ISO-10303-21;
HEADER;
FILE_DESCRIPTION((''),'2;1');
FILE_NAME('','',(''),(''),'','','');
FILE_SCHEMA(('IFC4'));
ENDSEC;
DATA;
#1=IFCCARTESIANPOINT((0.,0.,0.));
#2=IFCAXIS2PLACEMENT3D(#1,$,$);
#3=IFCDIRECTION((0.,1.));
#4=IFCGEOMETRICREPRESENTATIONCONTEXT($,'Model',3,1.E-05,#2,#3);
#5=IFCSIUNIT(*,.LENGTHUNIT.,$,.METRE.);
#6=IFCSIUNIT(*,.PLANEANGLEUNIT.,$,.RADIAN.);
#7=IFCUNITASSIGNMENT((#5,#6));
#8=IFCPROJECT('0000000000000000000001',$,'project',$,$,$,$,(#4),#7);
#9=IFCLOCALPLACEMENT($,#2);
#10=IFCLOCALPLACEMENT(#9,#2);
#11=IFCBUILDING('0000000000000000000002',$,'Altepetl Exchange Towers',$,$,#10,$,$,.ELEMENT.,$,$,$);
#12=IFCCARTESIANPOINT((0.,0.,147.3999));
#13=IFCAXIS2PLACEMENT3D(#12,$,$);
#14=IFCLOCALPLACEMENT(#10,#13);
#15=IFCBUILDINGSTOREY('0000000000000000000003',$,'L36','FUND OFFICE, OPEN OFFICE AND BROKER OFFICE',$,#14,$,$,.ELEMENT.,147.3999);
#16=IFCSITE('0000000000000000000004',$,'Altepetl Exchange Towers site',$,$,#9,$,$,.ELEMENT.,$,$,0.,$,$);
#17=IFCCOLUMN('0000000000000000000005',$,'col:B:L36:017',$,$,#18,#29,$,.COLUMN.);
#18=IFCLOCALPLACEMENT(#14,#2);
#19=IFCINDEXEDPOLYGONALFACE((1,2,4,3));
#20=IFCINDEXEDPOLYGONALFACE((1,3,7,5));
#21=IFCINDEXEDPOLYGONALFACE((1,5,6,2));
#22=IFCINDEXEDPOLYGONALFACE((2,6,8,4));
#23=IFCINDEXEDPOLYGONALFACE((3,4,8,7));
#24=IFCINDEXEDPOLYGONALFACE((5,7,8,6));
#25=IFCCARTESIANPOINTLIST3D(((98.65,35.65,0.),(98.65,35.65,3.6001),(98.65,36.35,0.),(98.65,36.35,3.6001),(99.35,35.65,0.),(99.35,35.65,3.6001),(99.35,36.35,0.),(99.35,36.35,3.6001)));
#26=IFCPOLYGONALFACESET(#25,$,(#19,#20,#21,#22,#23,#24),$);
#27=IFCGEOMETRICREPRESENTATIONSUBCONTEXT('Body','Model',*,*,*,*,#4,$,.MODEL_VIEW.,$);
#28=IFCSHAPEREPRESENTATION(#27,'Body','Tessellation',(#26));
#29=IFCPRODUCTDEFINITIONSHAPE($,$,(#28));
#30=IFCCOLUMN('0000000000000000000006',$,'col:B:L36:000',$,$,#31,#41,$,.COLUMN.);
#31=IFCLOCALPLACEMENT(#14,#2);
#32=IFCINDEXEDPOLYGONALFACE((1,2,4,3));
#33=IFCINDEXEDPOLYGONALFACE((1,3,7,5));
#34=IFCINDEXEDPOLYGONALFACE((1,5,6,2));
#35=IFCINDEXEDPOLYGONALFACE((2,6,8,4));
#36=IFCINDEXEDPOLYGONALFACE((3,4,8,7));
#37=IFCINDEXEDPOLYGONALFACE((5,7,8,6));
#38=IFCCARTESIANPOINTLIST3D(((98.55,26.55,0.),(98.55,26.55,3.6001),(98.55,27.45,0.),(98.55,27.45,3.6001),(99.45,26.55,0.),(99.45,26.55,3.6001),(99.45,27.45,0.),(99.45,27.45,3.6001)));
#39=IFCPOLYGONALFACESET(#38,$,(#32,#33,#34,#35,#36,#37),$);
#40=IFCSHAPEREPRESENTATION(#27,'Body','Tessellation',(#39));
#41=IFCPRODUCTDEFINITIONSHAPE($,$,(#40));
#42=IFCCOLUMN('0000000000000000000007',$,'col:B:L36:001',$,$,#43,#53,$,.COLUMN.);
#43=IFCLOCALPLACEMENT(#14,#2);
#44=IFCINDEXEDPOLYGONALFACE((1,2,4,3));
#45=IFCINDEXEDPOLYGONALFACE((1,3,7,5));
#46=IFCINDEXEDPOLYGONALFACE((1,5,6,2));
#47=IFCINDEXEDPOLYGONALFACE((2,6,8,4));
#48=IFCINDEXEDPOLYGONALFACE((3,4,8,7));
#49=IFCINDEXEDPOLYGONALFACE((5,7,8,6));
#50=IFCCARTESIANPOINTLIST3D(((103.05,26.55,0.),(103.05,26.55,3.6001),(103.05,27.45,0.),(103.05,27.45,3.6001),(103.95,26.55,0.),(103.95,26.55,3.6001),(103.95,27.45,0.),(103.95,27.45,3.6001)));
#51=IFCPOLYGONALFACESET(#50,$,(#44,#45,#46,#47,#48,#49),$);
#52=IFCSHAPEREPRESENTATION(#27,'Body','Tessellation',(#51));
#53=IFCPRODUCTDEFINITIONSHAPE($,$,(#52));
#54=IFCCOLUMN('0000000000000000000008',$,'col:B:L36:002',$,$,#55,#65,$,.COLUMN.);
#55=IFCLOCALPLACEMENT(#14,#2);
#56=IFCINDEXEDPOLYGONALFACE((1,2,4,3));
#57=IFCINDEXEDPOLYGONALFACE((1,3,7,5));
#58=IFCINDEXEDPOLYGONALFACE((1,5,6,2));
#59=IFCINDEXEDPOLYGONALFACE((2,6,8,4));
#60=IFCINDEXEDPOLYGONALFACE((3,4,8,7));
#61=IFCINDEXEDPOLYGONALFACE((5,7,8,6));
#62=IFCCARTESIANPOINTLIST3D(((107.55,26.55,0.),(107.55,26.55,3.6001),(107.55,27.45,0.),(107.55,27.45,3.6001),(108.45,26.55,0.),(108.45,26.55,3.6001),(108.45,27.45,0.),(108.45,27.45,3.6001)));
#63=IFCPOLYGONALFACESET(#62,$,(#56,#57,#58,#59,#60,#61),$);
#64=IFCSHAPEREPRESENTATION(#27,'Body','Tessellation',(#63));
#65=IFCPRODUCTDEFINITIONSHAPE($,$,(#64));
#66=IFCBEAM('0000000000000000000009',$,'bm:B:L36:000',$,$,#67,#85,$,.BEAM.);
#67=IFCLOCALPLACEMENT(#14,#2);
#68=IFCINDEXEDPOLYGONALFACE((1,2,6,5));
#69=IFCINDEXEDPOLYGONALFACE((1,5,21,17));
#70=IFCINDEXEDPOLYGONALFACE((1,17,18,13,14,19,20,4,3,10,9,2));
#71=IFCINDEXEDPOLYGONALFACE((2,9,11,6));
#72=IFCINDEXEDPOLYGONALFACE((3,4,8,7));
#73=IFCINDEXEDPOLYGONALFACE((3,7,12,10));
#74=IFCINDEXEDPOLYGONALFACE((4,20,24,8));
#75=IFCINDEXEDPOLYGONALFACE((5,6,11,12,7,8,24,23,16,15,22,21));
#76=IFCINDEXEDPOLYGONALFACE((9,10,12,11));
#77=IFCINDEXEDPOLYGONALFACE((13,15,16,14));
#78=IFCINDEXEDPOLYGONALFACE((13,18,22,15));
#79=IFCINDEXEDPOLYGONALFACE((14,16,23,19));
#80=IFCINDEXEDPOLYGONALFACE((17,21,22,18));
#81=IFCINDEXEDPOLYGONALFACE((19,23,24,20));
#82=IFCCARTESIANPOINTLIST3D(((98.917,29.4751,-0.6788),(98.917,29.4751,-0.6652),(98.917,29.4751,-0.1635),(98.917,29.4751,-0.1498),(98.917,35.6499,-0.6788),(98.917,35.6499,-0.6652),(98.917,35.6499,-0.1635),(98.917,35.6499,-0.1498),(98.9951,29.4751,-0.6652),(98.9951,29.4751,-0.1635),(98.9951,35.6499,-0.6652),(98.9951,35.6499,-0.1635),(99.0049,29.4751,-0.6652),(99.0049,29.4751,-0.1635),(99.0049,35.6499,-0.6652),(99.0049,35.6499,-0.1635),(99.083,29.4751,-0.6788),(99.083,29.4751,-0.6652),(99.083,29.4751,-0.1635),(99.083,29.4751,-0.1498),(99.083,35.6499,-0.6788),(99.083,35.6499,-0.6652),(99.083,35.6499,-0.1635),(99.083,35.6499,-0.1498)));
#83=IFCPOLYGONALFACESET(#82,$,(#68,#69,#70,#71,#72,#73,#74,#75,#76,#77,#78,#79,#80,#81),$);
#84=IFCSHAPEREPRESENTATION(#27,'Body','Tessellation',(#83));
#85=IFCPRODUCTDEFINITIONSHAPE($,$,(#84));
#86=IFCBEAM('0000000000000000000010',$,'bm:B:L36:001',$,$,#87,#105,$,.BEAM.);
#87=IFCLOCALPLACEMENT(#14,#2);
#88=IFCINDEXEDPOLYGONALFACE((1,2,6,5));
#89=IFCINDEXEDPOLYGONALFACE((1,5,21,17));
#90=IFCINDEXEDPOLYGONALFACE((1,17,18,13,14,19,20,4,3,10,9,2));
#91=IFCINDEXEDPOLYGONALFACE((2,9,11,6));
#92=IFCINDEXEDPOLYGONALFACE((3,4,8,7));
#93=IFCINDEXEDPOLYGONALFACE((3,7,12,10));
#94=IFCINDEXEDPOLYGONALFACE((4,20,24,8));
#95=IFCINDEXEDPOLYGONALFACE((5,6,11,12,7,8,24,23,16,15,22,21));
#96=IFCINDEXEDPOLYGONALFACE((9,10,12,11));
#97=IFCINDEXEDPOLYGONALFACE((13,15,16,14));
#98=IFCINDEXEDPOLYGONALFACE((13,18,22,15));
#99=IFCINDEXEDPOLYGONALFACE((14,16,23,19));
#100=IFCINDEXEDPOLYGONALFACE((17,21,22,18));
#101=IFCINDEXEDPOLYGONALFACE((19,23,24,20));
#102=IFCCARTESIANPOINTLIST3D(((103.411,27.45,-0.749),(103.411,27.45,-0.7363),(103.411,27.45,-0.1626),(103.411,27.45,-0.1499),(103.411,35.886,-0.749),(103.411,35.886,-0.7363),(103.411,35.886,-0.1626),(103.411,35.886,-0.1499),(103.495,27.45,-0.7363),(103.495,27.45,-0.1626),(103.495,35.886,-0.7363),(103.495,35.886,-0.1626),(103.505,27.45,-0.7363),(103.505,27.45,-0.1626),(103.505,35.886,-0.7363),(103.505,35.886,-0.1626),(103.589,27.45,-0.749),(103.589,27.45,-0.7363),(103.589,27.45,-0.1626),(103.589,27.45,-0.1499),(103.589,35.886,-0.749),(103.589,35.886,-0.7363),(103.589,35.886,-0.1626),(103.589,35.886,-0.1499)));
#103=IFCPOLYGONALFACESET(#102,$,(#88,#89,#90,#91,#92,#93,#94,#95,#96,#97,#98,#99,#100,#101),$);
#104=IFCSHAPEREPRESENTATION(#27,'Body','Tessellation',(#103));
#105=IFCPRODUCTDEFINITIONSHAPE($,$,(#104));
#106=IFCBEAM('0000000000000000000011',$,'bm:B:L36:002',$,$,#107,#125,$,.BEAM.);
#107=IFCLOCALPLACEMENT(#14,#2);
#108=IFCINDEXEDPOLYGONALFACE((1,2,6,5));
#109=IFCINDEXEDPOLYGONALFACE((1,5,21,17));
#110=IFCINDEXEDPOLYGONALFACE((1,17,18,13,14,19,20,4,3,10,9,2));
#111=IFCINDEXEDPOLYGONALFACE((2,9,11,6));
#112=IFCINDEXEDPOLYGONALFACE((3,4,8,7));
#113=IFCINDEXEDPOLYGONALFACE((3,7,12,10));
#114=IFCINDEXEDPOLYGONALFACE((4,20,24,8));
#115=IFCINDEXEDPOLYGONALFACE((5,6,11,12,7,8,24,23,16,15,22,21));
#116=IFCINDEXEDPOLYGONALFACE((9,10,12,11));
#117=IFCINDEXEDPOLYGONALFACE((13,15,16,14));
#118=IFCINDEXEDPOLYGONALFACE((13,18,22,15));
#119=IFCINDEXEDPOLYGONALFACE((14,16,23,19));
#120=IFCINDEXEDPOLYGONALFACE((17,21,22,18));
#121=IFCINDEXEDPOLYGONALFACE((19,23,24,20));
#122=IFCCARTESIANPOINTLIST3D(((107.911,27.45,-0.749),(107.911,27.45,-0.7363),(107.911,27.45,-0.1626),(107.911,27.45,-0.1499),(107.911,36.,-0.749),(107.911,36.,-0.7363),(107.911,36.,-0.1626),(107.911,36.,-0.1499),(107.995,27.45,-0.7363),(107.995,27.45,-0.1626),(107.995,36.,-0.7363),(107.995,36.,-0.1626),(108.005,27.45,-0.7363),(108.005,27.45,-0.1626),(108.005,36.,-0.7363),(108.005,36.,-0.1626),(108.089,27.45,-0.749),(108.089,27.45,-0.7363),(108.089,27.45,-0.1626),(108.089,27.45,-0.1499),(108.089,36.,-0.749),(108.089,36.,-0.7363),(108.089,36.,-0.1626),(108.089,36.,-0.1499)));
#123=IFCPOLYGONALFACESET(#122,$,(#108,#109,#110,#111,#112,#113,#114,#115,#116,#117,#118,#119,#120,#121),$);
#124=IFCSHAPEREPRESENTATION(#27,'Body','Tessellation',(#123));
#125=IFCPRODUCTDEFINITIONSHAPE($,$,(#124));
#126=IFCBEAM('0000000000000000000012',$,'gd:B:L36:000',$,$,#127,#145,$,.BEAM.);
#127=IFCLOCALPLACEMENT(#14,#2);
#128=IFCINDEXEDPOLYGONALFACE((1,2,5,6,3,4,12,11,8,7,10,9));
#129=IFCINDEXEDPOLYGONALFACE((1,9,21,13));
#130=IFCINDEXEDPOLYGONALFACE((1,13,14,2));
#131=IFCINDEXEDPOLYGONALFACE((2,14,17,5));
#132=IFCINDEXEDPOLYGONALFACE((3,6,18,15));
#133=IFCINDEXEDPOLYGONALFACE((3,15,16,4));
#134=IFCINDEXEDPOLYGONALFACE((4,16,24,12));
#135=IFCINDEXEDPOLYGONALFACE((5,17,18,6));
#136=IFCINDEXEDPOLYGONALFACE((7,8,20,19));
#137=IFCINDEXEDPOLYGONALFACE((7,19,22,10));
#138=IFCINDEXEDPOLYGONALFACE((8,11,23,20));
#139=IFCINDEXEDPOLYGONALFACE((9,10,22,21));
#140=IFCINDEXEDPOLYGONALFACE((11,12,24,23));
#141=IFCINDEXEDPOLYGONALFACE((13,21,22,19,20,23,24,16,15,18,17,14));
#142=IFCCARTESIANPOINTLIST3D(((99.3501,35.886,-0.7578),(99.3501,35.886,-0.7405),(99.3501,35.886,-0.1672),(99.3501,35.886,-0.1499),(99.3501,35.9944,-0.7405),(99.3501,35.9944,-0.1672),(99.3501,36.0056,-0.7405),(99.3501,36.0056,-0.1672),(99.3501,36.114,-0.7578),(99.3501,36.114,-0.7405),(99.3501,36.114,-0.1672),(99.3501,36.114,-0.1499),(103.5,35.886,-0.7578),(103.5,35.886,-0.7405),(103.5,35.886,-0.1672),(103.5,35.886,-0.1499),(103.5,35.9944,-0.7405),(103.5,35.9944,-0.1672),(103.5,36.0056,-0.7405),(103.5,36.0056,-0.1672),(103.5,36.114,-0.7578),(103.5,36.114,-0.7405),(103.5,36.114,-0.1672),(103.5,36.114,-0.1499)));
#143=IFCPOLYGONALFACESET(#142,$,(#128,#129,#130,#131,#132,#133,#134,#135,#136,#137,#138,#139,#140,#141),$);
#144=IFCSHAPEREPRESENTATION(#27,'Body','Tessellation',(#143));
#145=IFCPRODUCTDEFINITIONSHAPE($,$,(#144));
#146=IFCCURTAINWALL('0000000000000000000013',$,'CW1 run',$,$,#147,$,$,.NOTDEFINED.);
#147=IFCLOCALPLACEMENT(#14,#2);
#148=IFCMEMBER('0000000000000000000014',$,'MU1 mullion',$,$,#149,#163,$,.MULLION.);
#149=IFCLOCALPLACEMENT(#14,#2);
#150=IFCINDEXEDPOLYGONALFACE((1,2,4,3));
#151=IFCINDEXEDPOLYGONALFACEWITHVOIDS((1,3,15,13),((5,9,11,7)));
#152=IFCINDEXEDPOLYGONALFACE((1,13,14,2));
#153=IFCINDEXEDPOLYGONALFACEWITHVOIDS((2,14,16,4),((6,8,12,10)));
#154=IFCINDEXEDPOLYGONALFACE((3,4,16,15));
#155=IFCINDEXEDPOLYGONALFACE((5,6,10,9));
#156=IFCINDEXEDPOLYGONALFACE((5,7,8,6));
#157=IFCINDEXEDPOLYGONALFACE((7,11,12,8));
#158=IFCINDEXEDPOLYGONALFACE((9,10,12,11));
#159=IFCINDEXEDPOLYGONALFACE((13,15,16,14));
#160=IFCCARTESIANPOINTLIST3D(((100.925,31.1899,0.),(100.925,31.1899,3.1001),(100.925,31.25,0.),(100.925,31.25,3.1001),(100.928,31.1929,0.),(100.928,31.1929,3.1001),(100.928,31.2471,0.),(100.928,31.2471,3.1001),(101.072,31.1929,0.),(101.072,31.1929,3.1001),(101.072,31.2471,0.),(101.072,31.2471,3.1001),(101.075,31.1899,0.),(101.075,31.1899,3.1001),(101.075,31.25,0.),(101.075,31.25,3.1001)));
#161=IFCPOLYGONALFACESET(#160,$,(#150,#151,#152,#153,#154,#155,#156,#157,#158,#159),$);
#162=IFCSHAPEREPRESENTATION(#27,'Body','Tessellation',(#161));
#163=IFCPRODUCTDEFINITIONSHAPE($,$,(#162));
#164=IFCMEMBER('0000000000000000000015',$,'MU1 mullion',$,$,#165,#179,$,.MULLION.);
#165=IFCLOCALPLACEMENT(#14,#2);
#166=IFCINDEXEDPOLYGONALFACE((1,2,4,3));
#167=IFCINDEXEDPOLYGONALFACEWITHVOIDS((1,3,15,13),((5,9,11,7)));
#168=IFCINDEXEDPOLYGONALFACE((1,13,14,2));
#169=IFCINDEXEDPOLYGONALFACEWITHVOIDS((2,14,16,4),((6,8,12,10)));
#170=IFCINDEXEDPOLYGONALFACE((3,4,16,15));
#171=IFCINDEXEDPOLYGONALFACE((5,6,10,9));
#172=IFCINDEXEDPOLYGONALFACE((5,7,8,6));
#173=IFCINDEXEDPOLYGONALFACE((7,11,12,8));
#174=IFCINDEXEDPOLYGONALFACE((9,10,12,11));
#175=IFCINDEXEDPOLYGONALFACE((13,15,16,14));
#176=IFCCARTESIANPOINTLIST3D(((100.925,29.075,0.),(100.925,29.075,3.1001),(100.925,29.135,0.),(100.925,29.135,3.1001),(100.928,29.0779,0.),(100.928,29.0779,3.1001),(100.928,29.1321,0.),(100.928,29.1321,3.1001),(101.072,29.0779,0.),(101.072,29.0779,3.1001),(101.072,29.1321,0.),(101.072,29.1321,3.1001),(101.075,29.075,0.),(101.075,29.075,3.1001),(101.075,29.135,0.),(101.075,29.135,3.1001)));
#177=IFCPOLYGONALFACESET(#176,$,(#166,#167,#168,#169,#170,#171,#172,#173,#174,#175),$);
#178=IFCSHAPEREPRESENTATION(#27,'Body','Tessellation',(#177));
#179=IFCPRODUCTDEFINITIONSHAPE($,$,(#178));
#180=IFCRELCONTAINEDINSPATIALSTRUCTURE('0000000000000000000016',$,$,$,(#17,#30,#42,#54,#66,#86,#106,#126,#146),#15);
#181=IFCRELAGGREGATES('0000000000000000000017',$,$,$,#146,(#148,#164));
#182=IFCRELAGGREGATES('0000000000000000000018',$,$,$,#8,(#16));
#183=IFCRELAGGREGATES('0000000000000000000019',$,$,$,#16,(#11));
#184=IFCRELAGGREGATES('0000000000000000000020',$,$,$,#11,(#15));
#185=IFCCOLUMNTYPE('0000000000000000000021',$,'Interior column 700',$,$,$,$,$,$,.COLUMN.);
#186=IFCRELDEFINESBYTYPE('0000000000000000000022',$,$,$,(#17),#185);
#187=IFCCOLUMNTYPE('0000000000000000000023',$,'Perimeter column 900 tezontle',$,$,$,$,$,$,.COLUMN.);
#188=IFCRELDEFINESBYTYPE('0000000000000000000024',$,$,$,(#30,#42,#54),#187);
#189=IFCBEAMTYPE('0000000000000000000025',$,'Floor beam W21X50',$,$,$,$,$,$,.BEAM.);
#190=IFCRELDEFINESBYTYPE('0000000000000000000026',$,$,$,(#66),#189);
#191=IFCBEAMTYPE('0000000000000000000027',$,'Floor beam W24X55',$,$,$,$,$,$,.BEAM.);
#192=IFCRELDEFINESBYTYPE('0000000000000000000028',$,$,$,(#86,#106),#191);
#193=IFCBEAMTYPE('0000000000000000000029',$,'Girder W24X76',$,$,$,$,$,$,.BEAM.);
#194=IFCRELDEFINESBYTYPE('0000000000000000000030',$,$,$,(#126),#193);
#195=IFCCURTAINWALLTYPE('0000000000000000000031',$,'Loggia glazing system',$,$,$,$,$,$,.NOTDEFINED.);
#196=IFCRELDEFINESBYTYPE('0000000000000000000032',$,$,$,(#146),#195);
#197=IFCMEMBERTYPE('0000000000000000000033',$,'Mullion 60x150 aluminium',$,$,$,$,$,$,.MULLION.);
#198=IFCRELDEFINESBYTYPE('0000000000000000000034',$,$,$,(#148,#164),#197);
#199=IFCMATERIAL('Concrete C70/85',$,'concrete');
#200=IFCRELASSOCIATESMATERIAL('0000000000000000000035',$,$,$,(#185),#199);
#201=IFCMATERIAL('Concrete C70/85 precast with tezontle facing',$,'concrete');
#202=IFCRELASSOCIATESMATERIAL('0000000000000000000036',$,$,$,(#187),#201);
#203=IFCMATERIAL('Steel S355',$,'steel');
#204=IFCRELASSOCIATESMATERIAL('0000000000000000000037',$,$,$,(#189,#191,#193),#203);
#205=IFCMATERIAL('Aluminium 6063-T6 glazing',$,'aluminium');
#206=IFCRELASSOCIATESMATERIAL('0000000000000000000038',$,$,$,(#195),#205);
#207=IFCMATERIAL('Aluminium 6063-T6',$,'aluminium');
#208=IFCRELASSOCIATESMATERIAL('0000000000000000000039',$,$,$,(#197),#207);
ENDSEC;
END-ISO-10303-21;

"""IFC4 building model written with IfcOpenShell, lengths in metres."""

from ifc_helpers import new_model, si_unit, direction, frame, origin, origin_2d, place, context, subcontext, project, spatial, rectangle, hollow_rectangle, i_section, extrude, material, material_profile, profile_set, type_object, element, aggregate, save


model = new_model("IFC4")

# Units and contexts
model_context = context("Model", 3, precision=1e-05, world=origin(), true_north=direction((0.0, 1.0)))
body_context = subcontext(model_context, "Body", "Model", "MODEL_VIEW")
ifc_project = project(units=[si_unit("LENGTHUNIT", "METRE"), si_unit("PLANEANGLEUNIT", "RADIAN")], contexts=[model_context])

# Site, building, storey
site_placement = place(None, origin())
site = spatial("IfcSite", under=ifc_project, at=site_placement, Name="Altepetl Exchange Towers site", CompositionType="ELEMENT", RefElevation=0.0)
building_placement = place(site_placement, origin())
building = spatial("IfcBuilding", under=site, at=building_placement, Name="Altepetl Exchange Towers", CompositionType="ELEMENT")
storey_placement = place(building_placement, frame((0.0, 0.0, 147.3999)))
storey = spatial("IfcBuildingStorey", under=building, at=storey_placement, Name="L36", Description="FUND OFFICE, OPEN OFFICE AND BROKER OFFICE", CompositionType="ELEMENT", Elevation=147.3999)

# Columns
ifc_material_1 = material(Name="Concrete C70/85", Category="concrete")
ifc_material_profile_1 = material_profile(ifc_material_1, rectangle(XDim=0.7, YDim=0.7, at=origin_2d()), Name="700 x 700")
ifc_profile_set_1 = profile_set([ifc_material_profile_1], Name="Concrete C70/85")
column_type_1 = type_object("IfcColumnType", Name="Interior column 700", PredefinedType="COLUMN", material=ifc_profile_set_1)
column_placement = place(storey_placement, frame((99.0, 36.0, 0.0)))
element("IfcColumn", 1, at=column_placement, inside=storey, type_object=column_type_1, Name="col:B:L36:017", PredefinedType="COLUMN", context=body_context, shape_type="SweptSolid", body=[
    extrude(rectangle(XDim=0.7, YDim=0.7, at=origin_2d()), origin(), (0.0, 0.0, 1.0), 3.6001),
])
ifc_material_2 = material(Name="Concrete C70/85 precast with tezontle facing", Category="concrete")
ifc_material_profile_2 = material_profile(ifc_material_2, rectangle(XDim=0.8999, YDim=0.8999, at=origin_2d()), Name="900 x 900")
ifc_profile_set_2 = profile_set([ifc_material_profile_2], Name="Concrete C70/85 precast with tezontle facing")
column_type_2 = type_object("IfcColumnType", Name="Perimeter column 900 tezontle", PredefinedType="COLUMN", material=ifc_profile_set_2)
for number, where, name in (
    (2, (99.0, 27.0, 0.0), "col:B:L36:000"),
    (3, (103.5, 27.0, 0.0), "col:B:L36:001"),
    (4, (108.0, 27.0, 0.0), "col:B:L36:002"),
):
    element("IfcColumn", number, at=place(storey_placement, frame(where)), inside=storey, type_object=column_type_2, Name=name, PredefinedType="COLUMN", context=body_context, shape_type="SweptSolid", body=[
        extrude(rectangle(XDim=0.8999, YDim=0.8999, at=origin_2d()), origin(), (0.0, 0.0, 1.0), 3.6001),
    ])

# Beams
ifc_material_3 = material(Name="Steel S355", Category="steel")
ifc_material_profile_3 = material_profile(ifc_material_3, i_section(OverallWidth=0.166, OverallDepth=0.5291, WebThickness=0.0098, FlangeThickness=0.0137, at=origin_2d()), Name="W21X50")
ifc_profile_set_3 = profile_set([ifc_material_profile_3], Name="Steel S355")
beam_type_1 = type_object("IfcBeamType", Name="Floor beam W21X50", PredefinedType="BEAM", material=ifc_profile_set_3)
beam_1_placement = place(storey_placement, frame((99.0, 29.4751, -0.4143), z_axis=(0.0, 1.0, 0.0), x_axis=(-1.0, 0.0, 0.0)))
element("IfcBeam", 5, at=beam_1_placement, inside=storey, type_object=beam_type_1, Name="bm:B:L36:000", PredefinedType="BEAM", context=body_context, shape_type="SweptSolid", body=[
    extrude(i_section(OverallWidth=0.166, OverallDepth=0.5291, WebThickness=0.0098, FlangeThickness=0.0137, at=origin_2d()), origin(), (0.0, 0.0, 1.0), 6.1748),
])
ifc_material_profile_4 = material_profile(ifc_material_3, i_section(OverallWidth=0.178, OverallDepth=0.5991, WebThickness=0.01, FlangeThickness=0.0127, at=origin_2d()), Name="W24X55")
ifc_profile_set_4 = profile_set([ifc_material_profile_4], Name="Steel S355")
beam_type_2 = type_object("IfcBeamType", Name="Floor beam W24X55", PredefinedType="BEAM", material=ifc_profile_set_4)
beam_2_placement = place(storey_placement, frame((103.5, 27.45, -0.4495), z_axis=(0.0, 1.0, 0.0), x_axis=(-1.0, 0.0, 0.0)))
element("IfcBeam", 6, at=beam_2_placement, inside=storey, type_object=beam_type_2, Name="bm:B:L36:001", PredefinedType="BEAM", context=body_context, shape_type="SweptSolid", body=[
    extrude(i_section(OverallWidth=0.178, OverallDepth=0.5991, WebThickness=0.01, FlangeThickness=0.0127, at=origin_2d()), origin(), (0.0, 0.0, 1.0), 8.436),
])
beam_3_placement = place(storey_placement, frame((108.0, 27.45, -0.4495), z_axis=(0.0, 1.0, 0.0), x_axis=(-1.0, 0.0, 0.0)))
element("IfcBeam", 7, at=beam_3_placement, inside=storey, type_object=beam_type_2, Name="bm:B:L36:002", PredefinedType="BEAM", context=body_context, shape_type="SweptSolid", body=[
    extrude(i_section(OverallWidth=0.178, OverallDepth=0.5991, WebThickness=0.01, FlangeThickness=0.0127, at=origin_2d()), origin(), (0.0, 0.0, 1.0), 8.55),
])
ifc_material_profile_5 = material_profile(ifc_material_3, i_section(OverallWidth=0.228, OverallDepth=0.6079, WebThickness=0.0112, FlangeThickness=0.0173, at=origin_2d()), Name="W24X76")
ifc_profile_set_5 = profile_set([ifc_material_profile_5], Name="Steel S355")
beam_type_3 = type_object("IfcBeamType", Name="Girder W24X76", PredefinedType="BEAM", material=ifc_profile_set_5)
beam_4_placement = place(storey_placement, frame((103.5, 36.0, -0.4539), z_axis=(-1.0, 0.0, 0.0), x_axis=(0.0, -1.0, 0.0)))
element("IfcBeam", 8, at=beam_4_placement, inside=storey, type_object=beam_type_3, Name="gd:B:L36:000", PredefinedType="BEAM", context=body_context, shape_type="SweptSolid", body=[
    extrude(i_section(OverallWidth=0.228, OverallDepth=0.6079, WebThickness=0.0112, FlangeThickness=0.0173, at=origin_2d()), origin(), (0.0, 0.0, 1.0), 4.1499),
])

# Curtain wall, members
ifc_material_4 = material(Name="Aluminium 6063-T6 glazing", Category="aluminium")
curtain_wall_type = type_object("IfcCurtainWallType", Name="Loggia glazing system", PredefinedType="NOTDEFINED", material=ifc_material_4)
curtain_wall_1_placement = place(storey_placement, origin())
curtain_wall_1 = element("IfcCurtainWall", 9, at=curtain_wall_1_placement, inside=storey, type_object=curtain_wall_type, Name="CW1 run", PredefinedType="NOTDEFINED")
ifc_material_5 = material(Name="Aluminium 6063-T6", Category="aluminium")
ifc_material_profile_6 = material_profile(ifc_material_5, hollow_rectangle(XDim=0.0601, YDim=0.1499, WallThickness=0.0029, at=origin_2d()), Name="Mullion 60x150 aluminium")
ifc_profile_set_6 = profile_set([ifc_material_profile_6], Name="Aluminium 6063-T6")
member_type = type_object("IfcMemberType", Name="Mullion 60x150 aluminium", PredefinedType="MULLION", material=ifc_profile_set_6)
member_1_placement = place(storey_placement, frame((101.0, 31.22, 0.0), z_axis=(0.0, 0.0, 1.0), x_axis=(0.0, -1.0, 0.0)))
member_1 = element("IfcMember", 10, at=member_1_placement, type_object=member_type, Name="MU1 mullion", PredefinedType="MULLION", context=body_context, shape_type="SweptSolid", body=[
    extrude(hollow_rectangle(XDim=0.0601, YDim=0.1499, WallThickness=0.0029, at=origin_2d()), origin(), (0.0, 0.0, 1.0), 3.1001),
])
member_2_placement = place(storey_placement, frame((101.0, 29.105, 0.0), z_axis=(0.0, 0.0, 1.0), x_axis=(0.0, -1.0, 0.0)))
member_2 = element("IfcMember", 11, at=member_2_placement, type_object=member_type, Name="MU1 mullion", PredefinedType="MULLION", context=body_context, shape_type="SweptSolid", body=[
    extrude(hollow_rectangle(XDim=0.0601, YDim=0.1499, WallThickness=0.0029, at=origin_2d()), origin(), (0.0, 0.0, 1.0), 3.1001),
])

aggregate(curtain_wall_1, [member_1, member_2])

save(model, "model.ifc")
